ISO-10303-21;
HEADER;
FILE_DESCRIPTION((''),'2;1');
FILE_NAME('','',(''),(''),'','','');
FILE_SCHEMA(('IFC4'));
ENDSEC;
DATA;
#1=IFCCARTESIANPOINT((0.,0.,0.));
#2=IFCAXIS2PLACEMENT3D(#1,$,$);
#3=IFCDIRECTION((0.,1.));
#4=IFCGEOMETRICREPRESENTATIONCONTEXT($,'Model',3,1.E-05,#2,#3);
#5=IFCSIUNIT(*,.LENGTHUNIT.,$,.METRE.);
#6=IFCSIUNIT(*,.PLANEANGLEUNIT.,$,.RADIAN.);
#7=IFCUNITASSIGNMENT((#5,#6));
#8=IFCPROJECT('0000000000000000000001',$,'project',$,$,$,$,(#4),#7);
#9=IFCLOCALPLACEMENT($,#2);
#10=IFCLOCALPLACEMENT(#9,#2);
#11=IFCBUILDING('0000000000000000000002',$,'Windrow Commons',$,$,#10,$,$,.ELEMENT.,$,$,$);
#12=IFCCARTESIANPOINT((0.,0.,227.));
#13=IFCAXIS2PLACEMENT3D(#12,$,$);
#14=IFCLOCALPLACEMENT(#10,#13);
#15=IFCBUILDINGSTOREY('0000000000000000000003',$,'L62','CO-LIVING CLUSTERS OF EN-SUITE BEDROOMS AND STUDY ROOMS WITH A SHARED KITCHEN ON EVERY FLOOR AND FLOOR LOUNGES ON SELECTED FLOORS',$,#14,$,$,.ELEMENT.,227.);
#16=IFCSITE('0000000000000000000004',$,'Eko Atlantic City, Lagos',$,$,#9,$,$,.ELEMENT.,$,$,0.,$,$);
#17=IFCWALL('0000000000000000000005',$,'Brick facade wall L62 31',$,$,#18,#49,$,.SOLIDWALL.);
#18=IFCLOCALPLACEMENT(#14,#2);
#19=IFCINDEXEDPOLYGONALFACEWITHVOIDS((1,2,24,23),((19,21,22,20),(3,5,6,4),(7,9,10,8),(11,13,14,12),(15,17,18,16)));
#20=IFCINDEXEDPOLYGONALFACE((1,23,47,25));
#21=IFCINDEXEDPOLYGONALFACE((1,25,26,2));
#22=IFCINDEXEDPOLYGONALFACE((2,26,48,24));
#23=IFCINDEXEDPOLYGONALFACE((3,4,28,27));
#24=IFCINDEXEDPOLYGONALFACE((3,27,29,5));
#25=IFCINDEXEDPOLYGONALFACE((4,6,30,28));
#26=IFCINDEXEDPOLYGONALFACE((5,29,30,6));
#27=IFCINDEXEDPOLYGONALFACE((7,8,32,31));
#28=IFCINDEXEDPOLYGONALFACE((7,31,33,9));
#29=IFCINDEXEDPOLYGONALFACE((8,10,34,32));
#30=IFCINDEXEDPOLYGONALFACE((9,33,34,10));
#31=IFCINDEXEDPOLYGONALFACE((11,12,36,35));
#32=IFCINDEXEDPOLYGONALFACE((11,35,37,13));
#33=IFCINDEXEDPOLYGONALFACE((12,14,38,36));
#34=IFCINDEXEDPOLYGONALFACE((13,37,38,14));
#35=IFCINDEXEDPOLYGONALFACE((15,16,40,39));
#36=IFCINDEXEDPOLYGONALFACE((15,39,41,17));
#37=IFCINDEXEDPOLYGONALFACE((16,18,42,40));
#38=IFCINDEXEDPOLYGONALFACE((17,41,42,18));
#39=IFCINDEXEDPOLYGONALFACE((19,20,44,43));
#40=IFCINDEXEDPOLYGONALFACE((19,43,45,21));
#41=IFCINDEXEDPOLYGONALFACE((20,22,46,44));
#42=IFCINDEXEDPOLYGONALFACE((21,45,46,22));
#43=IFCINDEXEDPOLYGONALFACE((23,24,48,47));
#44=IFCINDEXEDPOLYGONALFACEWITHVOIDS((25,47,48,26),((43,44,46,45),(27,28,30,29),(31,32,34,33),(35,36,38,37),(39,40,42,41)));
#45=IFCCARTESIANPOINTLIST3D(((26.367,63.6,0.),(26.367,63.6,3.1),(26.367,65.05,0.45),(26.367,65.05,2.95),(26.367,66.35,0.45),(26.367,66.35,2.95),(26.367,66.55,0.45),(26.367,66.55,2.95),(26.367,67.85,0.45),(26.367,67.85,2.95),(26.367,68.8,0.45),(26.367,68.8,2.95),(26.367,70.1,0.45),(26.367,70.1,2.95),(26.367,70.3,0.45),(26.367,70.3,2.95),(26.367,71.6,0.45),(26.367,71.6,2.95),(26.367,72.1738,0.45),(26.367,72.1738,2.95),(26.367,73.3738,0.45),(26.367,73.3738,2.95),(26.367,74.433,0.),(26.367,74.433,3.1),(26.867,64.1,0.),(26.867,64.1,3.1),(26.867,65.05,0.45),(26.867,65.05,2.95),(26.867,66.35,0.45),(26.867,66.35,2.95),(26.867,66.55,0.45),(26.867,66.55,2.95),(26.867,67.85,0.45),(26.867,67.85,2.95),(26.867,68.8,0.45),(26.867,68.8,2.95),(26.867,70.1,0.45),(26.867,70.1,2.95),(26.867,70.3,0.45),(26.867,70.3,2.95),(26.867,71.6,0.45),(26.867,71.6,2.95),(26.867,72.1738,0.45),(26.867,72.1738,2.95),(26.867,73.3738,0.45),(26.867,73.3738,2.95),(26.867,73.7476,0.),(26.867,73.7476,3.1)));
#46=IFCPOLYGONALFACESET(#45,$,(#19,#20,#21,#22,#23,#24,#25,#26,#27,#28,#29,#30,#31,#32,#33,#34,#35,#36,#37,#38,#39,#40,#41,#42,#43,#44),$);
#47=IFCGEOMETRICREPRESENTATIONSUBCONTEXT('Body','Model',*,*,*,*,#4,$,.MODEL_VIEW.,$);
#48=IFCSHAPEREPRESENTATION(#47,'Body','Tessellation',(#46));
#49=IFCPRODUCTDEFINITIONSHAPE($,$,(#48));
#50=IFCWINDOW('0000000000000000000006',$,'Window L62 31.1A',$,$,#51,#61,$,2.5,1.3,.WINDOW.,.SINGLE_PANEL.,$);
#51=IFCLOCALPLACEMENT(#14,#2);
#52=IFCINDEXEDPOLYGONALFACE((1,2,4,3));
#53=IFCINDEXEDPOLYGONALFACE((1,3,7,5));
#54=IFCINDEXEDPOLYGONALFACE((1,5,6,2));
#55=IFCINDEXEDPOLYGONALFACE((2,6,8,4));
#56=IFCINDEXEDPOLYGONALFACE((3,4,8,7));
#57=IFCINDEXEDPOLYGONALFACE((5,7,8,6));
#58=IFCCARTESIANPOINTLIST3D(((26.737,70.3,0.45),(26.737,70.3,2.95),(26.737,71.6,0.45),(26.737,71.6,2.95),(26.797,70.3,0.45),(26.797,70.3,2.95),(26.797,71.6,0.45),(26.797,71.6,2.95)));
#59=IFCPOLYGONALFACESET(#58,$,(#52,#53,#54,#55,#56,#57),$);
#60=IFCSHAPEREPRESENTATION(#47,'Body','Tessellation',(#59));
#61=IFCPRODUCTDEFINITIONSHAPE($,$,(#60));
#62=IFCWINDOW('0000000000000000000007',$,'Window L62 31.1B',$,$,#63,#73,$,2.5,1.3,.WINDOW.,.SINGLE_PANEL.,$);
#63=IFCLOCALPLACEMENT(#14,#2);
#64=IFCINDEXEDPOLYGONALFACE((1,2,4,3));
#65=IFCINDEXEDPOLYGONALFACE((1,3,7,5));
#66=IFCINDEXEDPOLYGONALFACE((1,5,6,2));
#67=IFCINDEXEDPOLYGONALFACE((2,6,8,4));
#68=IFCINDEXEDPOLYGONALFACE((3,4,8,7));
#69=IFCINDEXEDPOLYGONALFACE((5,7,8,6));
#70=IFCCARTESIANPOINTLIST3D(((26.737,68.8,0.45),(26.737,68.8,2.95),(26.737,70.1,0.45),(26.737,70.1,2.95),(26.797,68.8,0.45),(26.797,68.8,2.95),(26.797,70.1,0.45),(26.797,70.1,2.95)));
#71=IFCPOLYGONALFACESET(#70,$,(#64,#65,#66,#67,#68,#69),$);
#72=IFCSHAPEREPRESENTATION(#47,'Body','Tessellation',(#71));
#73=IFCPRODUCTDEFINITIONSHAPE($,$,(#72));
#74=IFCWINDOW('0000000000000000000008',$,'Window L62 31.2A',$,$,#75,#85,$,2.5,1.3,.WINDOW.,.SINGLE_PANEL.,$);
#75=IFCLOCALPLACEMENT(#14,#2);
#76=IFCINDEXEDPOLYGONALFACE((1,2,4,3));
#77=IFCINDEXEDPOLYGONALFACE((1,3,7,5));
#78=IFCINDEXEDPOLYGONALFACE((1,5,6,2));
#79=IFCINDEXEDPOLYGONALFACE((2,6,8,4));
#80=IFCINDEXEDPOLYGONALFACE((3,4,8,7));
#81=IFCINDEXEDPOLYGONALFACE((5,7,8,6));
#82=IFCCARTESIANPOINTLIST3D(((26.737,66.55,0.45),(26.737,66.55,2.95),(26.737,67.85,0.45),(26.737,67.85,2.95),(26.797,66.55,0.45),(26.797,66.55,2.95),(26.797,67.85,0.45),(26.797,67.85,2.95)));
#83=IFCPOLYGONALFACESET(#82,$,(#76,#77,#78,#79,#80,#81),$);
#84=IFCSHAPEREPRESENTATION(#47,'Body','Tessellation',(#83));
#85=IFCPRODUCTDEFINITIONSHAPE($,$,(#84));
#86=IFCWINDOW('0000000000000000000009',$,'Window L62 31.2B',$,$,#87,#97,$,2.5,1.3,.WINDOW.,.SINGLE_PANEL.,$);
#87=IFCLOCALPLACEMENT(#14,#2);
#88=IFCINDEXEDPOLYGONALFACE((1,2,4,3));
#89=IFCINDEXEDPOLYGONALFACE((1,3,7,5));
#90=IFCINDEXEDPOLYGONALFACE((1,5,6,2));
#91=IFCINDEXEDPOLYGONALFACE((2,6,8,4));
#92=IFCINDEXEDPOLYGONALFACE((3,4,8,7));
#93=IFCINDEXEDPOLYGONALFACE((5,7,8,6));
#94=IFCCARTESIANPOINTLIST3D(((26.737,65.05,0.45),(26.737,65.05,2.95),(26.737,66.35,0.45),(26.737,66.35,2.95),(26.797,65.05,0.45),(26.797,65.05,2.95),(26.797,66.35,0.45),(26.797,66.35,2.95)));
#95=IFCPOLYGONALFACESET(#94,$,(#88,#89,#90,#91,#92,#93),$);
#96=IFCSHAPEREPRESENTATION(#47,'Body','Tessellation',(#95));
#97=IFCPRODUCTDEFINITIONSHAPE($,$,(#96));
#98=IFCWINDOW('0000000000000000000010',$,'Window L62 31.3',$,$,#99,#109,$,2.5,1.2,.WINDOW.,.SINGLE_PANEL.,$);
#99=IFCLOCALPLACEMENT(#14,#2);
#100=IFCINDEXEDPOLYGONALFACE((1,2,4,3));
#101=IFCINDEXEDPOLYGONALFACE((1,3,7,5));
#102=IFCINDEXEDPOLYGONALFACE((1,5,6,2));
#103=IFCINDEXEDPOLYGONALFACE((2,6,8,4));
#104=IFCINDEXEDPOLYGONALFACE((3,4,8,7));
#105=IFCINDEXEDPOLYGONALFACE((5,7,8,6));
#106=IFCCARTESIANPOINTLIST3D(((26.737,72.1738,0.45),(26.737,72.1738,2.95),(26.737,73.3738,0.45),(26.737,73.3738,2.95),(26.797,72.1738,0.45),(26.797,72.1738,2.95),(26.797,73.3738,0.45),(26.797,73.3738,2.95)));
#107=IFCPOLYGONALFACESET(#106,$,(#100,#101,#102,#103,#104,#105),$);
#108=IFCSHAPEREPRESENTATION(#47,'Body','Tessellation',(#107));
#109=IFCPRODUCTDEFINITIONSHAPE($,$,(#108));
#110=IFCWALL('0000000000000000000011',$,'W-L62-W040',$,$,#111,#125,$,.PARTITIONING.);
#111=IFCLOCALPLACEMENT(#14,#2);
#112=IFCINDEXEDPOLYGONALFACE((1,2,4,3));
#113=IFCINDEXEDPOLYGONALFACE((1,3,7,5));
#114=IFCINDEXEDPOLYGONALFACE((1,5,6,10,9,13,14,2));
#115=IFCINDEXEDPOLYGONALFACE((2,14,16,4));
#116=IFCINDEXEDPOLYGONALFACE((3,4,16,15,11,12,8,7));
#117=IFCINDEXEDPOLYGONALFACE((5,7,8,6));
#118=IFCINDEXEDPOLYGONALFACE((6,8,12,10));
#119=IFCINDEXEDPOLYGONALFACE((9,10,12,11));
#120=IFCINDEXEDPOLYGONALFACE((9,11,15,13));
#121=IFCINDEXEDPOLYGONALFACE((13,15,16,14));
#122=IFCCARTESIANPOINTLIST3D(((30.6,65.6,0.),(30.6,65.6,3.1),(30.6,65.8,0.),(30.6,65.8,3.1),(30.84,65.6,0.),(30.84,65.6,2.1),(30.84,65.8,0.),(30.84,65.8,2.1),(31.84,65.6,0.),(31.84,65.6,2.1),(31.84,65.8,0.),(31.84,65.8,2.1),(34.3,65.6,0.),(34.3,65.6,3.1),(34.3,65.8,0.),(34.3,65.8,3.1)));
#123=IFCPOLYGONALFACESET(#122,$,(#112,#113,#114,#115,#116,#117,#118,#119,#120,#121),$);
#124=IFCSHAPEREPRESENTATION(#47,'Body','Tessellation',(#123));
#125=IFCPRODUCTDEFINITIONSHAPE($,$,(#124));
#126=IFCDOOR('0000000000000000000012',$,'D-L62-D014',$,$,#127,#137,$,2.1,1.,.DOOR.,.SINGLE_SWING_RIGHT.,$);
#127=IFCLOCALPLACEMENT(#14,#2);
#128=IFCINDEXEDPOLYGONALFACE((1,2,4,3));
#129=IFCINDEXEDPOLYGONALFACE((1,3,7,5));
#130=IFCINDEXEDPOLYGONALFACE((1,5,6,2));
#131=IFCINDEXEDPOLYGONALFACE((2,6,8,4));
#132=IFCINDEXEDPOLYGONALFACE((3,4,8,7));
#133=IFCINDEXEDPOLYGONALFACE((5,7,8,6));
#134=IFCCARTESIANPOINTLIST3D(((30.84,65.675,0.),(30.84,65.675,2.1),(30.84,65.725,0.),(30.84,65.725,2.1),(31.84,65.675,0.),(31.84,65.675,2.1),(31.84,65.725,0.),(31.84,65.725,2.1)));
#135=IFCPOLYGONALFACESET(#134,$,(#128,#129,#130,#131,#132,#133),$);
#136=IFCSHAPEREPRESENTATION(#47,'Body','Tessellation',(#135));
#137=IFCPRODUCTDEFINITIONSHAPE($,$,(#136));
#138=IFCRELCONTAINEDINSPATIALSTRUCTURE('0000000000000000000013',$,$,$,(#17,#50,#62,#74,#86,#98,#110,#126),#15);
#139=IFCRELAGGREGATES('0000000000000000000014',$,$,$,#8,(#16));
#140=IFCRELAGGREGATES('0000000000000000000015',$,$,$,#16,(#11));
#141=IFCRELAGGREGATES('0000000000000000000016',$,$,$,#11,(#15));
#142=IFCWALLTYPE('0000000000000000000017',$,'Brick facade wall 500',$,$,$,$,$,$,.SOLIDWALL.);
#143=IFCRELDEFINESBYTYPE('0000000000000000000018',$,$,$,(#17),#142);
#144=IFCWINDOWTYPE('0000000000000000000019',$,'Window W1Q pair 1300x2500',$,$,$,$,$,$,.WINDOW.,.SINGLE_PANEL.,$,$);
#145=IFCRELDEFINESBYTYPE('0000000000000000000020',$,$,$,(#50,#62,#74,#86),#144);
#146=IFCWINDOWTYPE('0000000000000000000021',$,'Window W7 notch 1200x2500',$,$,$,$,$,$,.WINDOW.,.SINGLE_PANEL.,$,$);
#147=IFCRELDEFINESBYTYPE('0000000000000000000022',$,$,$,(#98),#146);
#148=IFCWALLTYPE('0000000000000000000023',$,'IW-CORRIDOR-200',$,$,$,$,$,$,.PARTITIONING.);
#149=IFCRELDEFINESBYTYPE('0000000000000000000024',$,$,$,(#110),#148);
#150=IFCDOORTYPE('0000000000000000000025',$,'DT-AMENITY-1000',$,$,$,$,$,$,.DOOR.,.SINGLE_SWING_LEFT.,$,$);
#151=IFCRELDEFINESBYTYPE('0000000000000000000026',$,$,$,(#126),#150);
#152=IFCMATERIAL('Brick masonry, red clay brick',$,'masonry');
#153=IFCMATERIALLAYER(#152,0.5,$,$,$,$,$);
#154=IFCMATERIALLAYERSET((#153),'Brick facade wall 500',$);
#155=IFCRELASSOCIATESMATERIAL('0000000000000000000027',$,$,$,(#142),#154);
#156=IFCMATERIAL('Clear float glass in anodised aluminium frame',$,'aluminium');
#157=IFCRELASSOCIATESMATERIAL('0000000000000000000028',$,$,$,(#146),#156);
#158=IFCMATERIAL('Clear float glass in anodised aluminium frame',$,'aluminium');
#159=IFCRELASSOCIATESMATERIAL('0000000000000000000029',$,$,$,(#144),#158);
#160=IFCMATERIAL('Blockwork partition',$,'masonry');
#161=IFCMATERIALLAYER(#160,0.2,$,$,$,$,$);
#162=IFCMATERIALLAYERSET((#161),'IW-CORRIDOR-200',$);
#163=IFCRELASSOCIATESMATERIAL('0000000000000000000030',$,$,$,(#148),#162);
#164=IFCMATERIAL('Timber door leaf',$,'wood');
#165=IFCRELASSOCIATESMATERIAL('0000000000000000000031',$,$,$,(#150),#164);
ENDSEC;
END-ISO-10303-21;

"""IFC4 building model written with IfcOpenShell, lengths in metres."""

from ifc_helpers import new_model, si_unit, direction, frame, frame_2d, origin, place, context, subcontext, project, spatial, polyline, rectangle, outline, extrude, material, layer, layer_set, type_object, element, fill, save


model = new_model("IFC4")

# Units and contexts
model_context = context("Model", 3, precision=1e-05, world=origin(), true_north=direction((0.0, 1.0)))
body_context = subcontext(model_context, "Body", "Model", "MODEL_VIEW")
ifc_project = project(units=[si_unit("LENGTHUNIT", "METRE"), si_unit("PLANEANGLEUNIT", "RADIAN")], contexts=[model_context])

# Site, building, storey
site_placement = place(None, origin())
site = spatial("IfcSite", under=ifc_project, at=site_placement, Name="Eko Atlantic City, Lagos", CompositionType="ELEMENT", RefElevation=0.0)
building_placement = place(site_placement, origin())
building = spatial("IfcBuilding", under=site, at=building_placement, Name="Windrow Commons", CompositionType="ELEMENT")
storey_placement = place(building_placement, frame((0.0, 0.0, 227.0)))
storey = spatial("IfcBuildingStorey", under=building, at=storey_placement, Name="L62", Description="CO-LIVING CLUSTERS OF EN-SUITE BEDROOMS AND STUDY ROOMS WITH A SHARED KITCHEN ON EVERY FLOOR AND FLOOR LOUNGES ON SELECTED FLOORS", CompositionType="ELEMENT", Elevation=227.0)

# Shared definitions
ifc_material_1 = material(Name="Brick masonry, red clay brick", Category="masonry")
ifc_layer_1 = layer(ifc_material_1, 0.5)
ifc_layer_set_1 = layer_set([ifc_layer_1], Name="Brick facade wall 500")
wall_type_1 = type_object("IfcWallType", Name="Brick facade wall 500", PredefinedType="SOLIDWALL", material=ifc_layer_set_1)
ifc_material_2 = material(Name="Clear float glass in anodised aluminium frame", Category="aluminium")
window_type_1 = type_object("IfcWindowType", Name="Window W7 notch 1200x2500", PartitioningType="SINGLE_PANEL", PredefinedType="WINDOW", material=ifc_material_2)

# Wall, openings, windows
wall_1_placement = place(storey_placement, frame((26.617, 74.0903, 0.0), z_axis=(0.0, 0.0, 1.0), x_axis=(0.0, -1.0, 0.0)))
wall_1 = element("IfcWall", 1, at=wall_1_placement, inside=storey, type_object=wall_type_1, Name="Brick facade wall L62 31", PredefinedType="SOLIDWALL", context=body_context, shape_type="SweptSolid", body=[
    extrude(outline(polyline([(-0.3427, -0.25), (10.4903, -0.25), (9.9903, 0.25), (0.3427, 0.25), (-0.3427, -0.25)])), origin(), (0.0, 0.0, 1.0), 3.1),
])
opening_1_placement = place(wall_1_placement, frame((2.4903, 0.0, 0.45)))
opening_1 = element("IfcOpeningElement", 2, at=opening_1_placement, cuts=wall_1, PredefinedType="OPENING", context=body_context, shape_type="SweptSolid", body=[
    extrude(rectangle(XDim=1.3, YDim=2.5, at=frame_2d((0.65, 1.25))), frame((0.0, 0.26, 0.0), z_axis=(0.0, -1.0, 0.0), x_axis=(1.0, 0.0, 0.0)), (0.0, 0.0, 1.0), 0.52),
])
opening_2_placement = place(wall_1_placement, frame((3.9903, 0.0, 0.45)))
opening_2 = element("IfcOpeningElement", 3, at=opening_2_placement, cuts=wall_1, PredefinedType="OPENING", context=body_context, shape_type="SweptSolid", body=[
    extrude(rectangle(XDim=1.3, YDim=2.5, at=frame_2d((0.65, 1.25))), frame((0.0, 0.26, 0.0), z_axis=(0.0, -1.0, 0.0), x_axis=(1.0, 0.0, 0.0)), (0.0, 0.0, 1.0), 0.52),
])
opening_3_placement = place(wall_1_placement, frame((6.2403, 0.0, 0.45)))
opening_3 = element("IfcOpeningElement", 4, at=opening_3_placement, cuts=wall_1, PredefinedType="OPENING", context=body_context, shape_type="SweptSolid", body=[
    extrude(rectangle(XDim=1.3, YDim=2.5, at=frame_2d((0.65, 1.25))), frame((0.0, 0.26, 0.0), z_axis=(0.0, -1.0, 0.0), x_axis=(1.0, 0.0, 0.0)), (0.0, 0.0, 1.0), 0.52),
])
opening_4_placement = place(wall_1_placement, frame((7.7403, 0.0, 0.45)))
opening_4 = element("IfcOpeningElement", 5, at=opening_4_placement, cuts=wall_1, PredefinedType="OPENING", context=body_context, shape_type="SweptSolid", body=[
    extrude(rectangle(XDim=1.3, YDim=2.5, at=frame_2d((0.65, 1.25))), frame((0.0, 0.26, 0.0), z_axis=(0.0, -1.0, 0.0), x_axis=(1.0, 0.0, 0.0)), (0.0, 0.0, 1.0), 0.52),
])
opening_5_placement = place(wall_1_placement, frame((0.7165, 0.0, 0.45)))
opening_5 = element("IfcOpeningElement", 6, at=opening_5_placement, cuts=wall_1, PredefinedType="OPENING", context=body_context, shape_type="SweptSolid", body=[
    extrude(rectangle(XDim=1.2, YDim=2.5, at=frame_2d((0.6, 1.25))), frame((0.0, 0.26, 0.0), z_axis=(0.0, -1.0, 0.0), x_axis=(1.0, 0.0, 0.0)), (0.0, 0.0, 1.0), 0.52),
])
ifc_material_3 = material(Name="Clear float glass in anodised aluminium frame", Category="aluminium")
window_type_2 = type_object("IfcWindowType", Name="Window W1Q pair 1300x2500", PartitioningType="SINGLE_PANEL", PredefinedType="WINDOW", material=ifc_material_3)
window_1_placement = place(opening_1_placement, origin())
window_1 = element("IfcWindow", 7, at=window_1_placement, inside=storey, type_object=window_type_2, Name="Window L62 31.1A", OverallHeight=2.5, OverallWidth=1.3, PartitioningType="SINGLE_PANEL", PredefinedType="WINDOW", context=body_context, shape_type="SweptSolid", body=[
    extrude(rectangle(XDim=1.3, YDim=2.5, at=frame_2d((0.65, 1.25))), frame((0.0, 0.18, 0.0), z_axis=(0.0, -1.0, 0.0), x_axis=(1.0, 0.0, 0.0)), (0.0, 0.0, 1.0), 0.06),
])
fill(opening_1, window_1)
window_2_placement = place(opening_2_placement, origin())
window_2 = element("IfcWindow", 8, at=window_2_placement, inside=storey, type_object=window_type_2, Name="Window L62 31.1B", OverallHeight=2.5, OverallWidth=1.3, PartitioningType="SINGLE_PANEL", PredefinedType="WINDOW", context=body_context, shape_type="SweptSolid", body=[
    extrude(rectangle(XDim=1.3, YDim=2.5, at=frame_2d((0.65, 1.25))), frame((0.0, 0.18, 0.0), z_axis=(0.0, -1.0, 0.0), x_axis=(1.0, 0.0, 0.0)), (0.0, 0.0, 1.0), 0.06),
])
fill(opening_2, window_2)
window_3_placement = place(opening_3_placement, origin())
window_3 = element("IfcWindow", 9, at=window_3_placement, inside=storey, type_object=window_type_2, Name="Window L62 31.2A", OverallHeight=2.5, OverallWidth=1.3, PartitioningType="SINGLE_PANEL", PredefinedType="WINDOW", context=body_context, shape_type="SweptSolid", body=[
    extrude(rectangle(XDim=1.3, YDim=2.5, at=frame_2d((0.65, 1.25))), frame((0.0, 0.18, 0.0), z_axis=(0.0, -1.0, 0.0), x_axis=(1.0, 0.0, 0.0)), (0.0, 0.0, 1.0), 0.06),
])
fill(opening_3, window_3)
window_4_placement = place(opening_4_placement, origin())
window_4 = element("IfcWindow", 10, at=window_4_placement, inside=storey, type_object=window_type_2, Name="Window L62 31.2B", OverallHeight=2.5, OverallWidth=1.3, PartitioningType="SINGLE_PANEL", PredefinedType="WINDOW", context=body_context, shape_type="SweptSolid", body=[
    extrude(rectangle(XDim=1.3, YDim=2.5, at=frame_2d((0.65, 1.25))), frame((0.0, 0.18, 0.0), z_axis=(0.0, -1.0, 0.0), x_axis=(1.0, 0.0, 0.0)), (0.0, 0.0, 1.0), 0.06),
])
fill(opening_4, window_4)
window_5_placement = place(opening_5_placement, origin())
window_5 = element("IfcWindow", 11, at=window_5_placement, inside=storey, type_object=window_type_1, Name="Window L62 31.3", OverallHeight=2.5, OverallWidth=1.2, PartitioningType="SINGLE_PANEL", PredefinedType="WINDOW", context=body_context, shape_type="SweptSolid", body=[
    extrude(rectangle(XDim=1.2, YDim=2.5, at=frame_2d((0.6, 1.25))), frame((0.0, 0.18, 0.0), z_axis=(0.0, -1.0, 0.0), x_axis=(1.0, 0.0, 0.0)), (0.0, 0.0, 1.0), 0.06),
])
fill(opening_5, window_5)

# Wall, opening, door
ifc_material_4 = material(Name="Blockwork partition", Category="masonry")
ifc_layer_2 = layer(ifc_material_4, 0.2)
ifc_layer_set_2 = layer_set([ifc_layer_2], Name="IW-CORRIDOR-200")
wall_type_2 = type_object("IfcWallType", Name="IW-CORRIDOR-200", PredefinedType="PARTITIONING", material=ifc_layer_set_2)
wall_2_placement = place(storey_placement, frame((30.6, 65.7, 0.0), z_axis=(0.0, 0.0, 1.0), x_axis=(1.0, 0.0, 0.0)))
wall_2 = element("IfcWall", 12, at=wall_2_placement, inside=storey, type_object=wall_type_2, Name="W-L62-W040", PredefinedType="PARTITIONING", context=body_context, shape_type="SweptSolid", body=[
    extrude(rectangle(XDim=3.7, YDim=0.2, at=frame_2d((1.85, 0.0))), origin(), (0.0, 0.0, 1.0), 3.1),
])
opening_6_placement = place(wall_2_placement, frame((0.24, 0.0, 0.0)))
opening_6 = element("IfcOpeningElement", 13, at=opening_6_placement, cuts=wall_2, PredefinedType="OPENING", context=body_context, shape_type="SweptSolid", body=[
    extrude(rectangle(XDim=1.0, YDim=2.1, at=frame_2d((0.5, 1.05))), frame((0.0, 0.11, 0.0), z_axis=(0.0, -1.0, 0.0), x_axis=(1.0, 0.0, 0.0)), (0.0, 0.0, 1.0), 0.22),
])
ifc_material_5 = material(Name="Timber door leaf", Category="wood")
door_type_1 = type_object("IfcDoorType", Name="DT-AMENITY-1000", OperationType="SINGLE_SWING_LEFT", PredefinedType="DOOR", material=ifc_material_5)
door_1_placement = place(opening_6_placement, origin())
door_1 = element("IfcDoor", 14, at=door_1_placement, inside=storey, type_object=door_type_1, Name="D-L62-D014", OperationType="SINGLE_SWING_RIGHT", OverallHeight=2.1, OverallWidth=1.0, PredefinedType="DOOR", context=body_context, shape_type="SweptSolid", body=[
    extrude(rectangle(XDim=1.0, YDim=2.1, at=frame_2d((0.5, 1.05))), frame((0.0, 0.025, 0.0), z_axis=(0.0, -1.0, 0.0), x_axis=(1.0, 0.0, 0.0)), (0.0, 0.0, 1.0), 0.05),
])
fill(opening_6, door_1)

save(model, "model.ifc")
